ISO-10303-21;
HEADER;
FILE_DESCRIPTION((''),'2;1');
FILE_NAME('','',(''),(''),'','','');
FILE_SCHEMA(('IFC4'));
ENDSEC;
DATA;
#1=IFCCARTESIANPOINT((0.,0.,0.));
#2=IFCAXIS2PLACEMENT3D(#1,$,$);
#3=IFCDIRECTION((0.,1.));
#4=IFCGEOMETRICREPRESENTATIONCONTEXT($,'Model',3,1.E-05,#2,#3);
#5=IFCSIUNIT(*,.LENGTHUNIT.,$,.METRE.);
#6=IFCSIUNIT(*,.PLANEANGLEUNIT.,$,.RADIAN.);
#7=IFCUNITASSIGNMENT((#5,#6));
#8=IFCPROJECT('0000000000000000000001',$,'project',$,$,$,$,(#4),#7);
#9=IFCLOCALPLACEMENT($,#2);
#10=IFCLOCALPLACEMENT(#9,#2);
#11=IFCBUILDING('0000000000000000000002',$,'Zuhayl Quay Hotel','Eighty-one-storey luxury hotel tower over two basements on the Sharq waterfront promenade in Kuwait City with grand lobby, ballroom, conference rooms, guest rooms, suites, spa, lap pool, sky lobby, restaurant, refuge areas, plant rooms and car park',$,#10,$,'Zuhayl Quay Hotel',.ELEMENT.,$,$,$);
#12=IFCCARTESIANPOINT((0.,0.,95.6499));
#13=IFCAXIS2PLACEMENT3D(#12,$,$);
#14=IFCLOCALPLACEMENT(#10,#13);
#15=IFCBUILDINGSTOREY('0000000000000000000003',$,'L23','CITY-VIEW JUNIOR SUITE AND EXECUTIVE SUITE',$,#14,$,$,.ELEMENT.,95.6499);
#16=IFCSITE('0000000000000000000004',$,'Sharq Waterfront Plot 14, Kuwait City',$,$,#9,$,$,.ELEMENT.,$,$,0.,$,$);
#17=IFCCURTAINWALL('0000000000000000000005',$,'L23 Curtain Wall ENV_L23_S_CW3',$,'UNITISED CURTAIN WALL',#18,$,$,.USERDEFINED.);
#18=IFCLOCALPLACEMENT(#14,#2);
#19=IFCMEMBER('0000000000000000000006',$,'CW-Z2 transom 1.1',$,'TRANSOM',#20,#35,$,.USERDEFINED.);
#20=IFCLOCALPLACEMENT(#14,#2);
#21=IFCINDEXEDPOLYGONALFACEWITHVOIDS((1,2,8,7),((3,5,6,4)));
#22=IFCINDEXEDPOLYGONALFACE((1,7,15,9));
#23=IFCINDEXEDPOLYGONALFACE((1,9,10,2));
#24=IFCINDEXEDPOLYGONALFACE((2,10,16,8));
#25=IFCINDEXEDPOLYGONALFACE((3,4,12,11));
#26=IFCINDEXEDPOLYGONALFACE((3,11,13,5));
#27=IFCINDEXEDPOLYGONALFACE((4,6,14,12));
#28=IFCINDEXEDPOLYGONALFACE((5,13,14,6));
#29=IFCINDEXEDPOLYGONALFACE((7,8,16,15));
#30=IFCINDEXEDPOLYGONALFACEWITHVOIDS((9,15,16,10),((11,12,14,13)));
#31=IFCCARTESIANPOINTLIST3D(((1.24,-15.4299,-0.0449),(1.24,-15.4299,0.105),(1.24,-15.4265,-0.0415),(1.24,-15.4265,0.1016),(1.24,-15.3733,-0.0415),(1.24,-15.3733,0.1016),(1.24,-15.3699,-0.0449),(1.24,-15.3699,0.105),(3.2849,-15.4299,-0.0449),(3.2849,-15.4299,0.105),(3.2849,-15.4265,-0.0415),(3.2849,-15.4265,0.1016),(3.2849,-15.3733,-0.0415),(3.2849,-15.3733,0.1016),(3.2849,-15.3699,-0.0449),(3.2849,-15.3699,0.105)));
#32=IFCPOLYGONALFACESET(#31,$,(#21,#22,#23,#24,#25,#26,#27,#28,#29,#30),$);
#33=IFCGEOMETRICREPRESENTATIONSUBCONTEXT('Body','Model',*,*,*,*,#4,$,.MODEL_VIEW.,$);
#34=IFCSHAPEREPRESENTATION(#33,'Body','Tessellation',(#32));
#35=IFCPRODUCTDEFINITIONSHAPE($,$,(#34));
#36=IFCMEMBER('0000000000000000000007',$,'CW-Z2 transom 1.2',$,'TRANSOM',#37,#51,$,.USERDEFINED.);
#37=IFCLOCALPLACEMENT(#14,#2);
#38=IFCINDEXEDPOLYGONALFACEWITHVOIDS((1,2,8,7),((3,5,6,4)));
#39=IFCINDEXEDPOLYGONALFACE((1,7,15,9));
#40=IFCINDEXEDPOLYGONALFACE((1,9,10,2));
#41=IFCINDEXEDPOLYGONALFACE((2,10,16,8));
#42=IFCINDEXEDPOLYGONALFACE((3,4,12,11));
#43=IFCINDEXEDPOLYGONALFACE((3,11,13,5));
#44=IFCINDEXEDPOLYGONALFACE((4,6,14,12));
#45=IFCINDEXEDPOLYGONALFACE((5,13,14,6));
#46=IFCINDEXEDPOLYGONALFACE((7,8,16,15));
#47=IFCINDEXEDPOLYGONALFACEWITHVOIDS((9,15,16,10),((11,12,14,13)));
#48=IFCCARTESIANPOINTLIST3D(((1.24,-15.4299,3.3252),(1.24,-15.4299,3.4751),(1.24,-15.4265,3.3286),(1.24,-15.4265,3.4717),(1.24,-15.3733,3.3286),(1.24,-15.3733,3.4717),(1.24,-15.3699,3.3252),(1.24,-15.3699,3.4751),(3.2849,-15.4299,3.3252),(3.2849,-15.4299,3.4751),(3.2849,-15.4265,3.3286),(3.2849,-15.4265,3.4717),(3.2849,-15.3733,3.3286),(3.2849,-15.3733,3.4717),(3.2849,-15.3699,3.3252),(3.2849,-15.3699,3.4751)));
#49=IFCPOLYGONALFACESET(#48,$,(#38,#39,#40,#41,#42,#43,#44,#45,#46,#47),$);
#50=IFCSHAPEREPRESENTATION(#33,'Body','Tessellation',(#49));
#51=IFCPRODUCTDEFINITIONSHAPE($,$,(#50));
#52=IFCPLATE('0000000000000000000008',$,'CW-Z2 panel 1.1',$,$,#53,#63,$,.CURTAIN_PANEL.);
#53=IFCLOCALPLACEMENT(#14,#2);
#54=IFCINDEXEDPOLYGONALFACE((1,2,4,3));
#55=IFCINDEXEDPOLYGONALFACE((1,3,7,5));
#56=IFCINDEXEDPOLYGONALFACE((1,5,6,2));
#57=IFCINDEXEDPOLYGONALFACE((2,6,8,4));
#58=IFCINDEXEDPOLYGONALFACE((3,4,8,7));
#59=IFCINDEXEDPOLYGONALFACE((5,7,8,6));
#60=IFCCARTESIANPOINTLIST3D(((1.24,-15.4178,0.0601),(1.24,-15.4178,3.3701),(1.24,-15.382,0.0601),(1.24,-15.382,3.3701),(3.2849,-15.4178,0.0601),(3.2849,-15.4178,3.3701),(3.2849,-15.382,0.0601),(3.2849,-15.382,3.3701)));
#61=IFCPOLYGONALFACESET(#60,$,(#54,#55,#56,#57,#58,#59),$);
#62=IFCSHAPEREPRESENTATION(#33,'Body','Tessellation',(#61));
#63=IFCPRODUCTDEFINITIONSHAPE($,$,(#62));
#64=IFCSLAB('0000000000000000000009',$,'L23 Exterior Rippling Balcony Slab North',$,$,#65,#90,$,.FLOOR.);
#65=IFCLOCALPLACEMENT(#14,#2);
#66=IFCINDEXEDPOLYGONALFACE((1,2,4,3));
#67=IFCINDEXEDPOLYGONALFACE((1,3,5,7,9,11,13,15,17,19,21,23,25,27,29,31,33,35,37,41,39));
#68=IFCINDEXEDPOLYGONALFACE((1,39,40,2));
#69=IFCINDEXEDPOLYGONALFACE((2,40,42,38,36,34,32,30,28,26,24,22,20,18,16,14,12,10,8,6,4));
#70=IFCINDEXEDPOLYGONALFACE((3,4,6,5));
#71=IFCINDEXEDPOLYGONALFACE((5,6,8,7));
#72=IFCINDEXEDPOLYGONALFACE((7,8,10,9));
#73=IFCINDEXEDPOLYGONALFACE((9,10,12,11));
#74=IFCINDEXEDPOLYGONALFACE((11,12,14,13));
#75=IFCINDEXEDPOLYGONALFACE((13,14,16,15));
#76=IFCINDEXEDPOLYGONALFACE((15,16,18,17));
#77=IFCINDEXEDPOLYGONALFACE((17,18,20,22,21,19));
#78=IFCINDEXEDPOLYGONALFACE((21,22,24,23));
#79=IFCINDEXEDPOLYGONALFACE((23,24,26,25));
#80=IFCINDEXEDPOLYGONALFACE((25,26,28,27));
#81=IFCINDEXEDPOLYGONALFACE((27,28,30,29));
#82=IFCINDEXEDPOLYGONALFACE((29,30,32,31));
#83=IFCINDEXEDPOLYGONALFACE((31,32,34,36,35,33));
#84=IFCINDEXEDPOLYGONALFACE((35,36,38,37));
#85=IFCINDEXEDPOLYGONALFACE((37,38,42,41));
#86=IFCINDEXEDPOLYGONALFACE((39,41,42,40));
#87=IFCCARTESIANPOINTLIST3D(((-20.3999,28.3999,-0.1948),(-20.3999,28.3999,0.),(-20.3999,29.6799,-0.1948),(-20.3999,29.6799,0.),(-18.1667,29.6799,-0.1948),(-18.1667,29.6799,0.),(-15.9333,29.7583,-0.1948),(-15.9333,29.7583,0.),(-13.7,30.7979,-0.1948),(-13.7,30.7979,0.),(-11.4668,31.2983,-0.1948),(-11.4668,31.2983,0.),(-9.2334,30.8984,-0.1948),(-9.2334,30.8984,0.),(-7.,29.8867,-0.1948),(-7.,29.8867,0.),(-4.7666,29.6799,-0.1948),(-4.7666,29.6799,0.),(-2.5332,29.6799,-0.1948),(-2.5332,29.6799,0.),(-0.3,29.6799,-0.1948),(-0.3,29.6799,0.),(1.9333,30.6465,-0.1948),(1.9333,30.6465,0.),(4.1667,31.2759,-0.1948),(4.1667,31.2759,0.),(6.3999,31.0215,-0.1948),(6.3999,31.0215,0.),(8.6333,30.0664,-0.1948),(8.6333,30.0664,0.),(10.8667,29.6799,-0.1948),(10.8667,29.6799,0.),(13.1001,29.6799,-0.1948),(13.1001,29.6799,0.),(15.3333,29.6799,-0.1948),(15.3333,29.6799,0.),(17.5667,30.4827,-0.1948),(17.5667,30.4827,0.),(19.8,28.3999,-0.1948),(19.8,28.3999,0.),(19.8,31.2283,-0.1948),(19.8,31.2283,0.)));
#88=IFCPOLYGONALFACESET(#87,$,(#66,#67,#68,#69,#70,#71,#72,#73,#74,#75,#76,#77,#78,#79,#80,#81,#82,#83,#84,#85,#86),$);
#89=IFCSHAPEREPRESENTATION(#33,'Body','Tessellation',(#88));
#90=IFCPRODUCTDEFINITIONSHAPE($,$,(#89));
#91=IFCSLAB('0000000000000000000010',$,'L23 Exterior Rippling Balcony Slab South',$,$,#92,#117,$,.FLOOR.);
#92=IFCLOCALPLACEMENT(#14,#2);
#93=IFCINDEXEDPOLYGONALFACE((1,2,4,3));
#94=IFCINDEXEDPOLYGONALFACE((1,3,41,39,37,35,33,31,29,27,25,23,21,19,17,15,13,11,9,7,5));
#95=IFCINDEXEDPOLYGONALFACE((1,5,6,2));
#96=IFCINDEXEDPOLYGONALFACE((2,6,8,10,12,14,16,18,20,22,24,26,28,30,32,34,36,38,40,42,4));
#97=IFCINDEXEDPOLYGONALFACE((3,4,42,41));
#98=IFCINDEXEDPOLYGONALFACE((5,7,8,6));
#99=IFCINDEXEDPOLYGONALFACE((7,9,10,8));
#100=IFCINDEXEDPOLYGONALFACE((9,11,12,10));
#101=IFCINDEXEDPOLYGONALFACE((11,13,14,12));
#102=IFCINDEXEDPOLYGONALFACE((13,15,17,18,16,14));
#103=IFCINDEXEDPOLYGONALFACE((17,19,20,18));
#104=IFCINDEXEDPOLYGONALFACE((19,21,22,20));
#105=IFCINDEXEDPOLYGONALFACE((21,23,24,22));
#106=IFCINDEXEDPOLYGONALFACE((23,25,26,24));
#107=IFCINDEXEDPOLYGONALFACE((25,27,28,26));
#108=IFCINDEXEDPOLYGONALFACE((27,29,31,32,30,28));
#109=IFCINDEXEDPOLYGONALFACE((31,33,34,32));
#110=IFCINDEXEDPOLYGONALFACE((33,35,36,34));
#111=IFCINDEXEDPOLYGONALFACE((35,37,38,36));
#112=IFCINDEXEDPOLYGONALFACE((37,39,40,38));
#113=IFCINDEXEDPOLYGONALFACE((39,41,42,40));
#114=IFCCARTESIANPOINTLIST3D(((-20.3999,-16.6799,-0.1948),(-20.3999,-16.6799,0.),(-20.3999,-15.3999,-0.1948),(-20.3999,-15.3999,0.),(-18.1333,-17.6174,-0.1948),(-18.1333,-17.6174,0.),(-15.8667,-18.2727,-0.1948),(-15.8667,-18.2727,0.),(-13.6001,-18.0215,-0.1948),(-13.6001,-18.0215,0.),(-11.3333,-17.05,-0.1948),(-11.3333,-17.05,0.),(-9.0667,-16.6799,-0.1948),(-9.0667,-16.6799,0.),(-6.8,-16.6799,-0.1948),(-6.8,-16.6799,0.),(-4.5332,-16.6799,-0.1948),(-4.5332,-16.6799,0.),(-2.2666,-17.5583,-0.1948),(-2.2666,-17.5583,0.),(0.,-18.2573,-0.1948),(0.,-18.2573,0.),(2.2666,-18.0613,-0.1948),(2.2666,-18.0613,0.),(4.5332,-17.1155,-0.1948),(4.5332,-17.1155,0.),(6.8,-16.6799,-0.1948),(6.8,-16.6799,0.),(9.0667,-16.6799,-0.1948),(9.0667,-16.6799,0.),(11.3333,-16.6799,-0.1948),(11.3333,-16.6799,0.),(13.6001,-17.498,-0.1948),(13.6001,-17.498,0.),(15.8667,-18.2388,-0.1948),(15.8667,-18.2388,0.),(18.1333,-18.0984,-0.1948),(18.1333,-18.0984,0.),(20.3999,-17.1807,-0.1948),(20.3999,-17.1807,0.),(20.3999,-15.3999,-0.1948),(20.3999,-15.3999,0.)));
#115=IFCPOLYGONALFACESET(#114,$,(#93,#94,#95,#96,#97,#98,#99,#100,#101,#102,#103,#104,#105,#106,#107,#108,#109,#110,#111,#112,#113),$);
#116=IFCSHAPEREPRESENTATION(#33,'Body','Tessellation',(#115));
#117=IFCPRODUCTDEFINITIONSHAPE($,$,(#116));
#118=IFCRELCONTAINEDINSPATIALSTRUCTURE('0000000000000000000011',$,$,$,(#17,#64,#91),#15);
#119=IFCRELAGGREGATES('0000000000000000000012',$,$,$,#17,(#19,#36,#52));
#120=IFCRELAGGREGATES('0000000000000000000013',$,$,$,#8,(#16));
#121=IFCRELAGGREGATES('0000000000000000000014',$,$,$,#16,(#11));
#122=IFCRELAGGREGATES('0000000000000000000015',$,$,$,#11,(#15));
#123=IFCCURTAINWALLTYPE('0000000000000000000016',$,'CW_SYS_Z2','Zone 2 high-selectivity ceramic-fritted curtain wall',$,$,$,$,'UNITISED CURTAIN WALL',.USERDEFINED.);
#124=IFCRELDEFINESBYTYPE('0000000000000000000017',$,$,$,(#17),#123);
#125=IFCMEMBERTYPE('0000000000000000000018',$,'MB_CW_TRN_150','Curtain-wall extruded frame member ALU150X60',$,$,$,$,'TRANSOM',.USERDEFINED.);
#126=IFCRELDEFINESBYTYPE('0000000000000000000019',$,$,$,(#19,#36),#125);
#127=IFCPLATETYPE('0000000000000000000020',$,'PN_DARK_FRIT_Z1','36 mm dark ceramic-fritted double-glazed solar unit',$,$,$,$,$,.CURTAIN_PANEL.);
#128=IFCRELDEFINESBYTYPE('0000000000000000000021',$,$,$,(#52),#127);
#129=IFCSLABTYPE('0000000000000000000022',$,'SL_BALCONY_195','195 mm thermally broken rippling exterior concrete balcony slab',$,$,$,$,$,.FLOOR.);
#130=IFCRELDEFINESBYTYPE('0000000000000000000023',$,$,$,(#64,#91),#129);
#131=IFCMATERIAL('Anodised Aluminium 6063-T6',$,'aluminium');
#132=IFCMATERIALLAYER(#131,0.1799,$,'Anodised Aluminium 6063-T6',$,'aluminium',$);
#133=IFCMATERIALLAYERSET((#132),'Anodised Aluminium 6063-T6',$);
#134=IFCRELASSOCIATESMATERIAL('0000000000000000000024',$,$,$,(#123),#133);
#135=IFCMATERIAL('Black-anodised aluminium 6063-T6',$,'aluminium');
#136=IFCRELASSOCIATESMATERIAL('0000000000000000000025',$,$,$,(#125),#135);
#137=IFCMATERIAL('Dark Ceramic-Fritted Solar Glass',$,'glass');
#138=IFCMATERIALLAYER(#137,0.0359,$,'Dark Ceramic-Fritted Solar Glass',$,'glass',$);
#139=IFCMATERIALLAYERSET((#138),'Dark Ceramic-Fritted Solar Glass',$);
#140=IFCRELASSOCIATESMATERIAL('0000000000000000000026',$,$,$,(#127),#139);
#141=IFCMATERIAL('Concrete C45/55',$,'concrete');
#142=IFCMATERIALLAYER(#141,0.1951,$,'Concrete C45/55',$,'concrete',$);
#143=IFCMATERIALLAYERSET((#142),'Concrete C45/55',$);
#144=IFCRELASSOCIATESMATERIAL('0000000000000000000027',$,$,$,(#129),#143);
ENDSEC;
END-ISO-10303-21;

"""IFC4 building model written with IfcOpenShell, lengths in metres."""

from ifc_helpers import new_model, si_unit, direction, frame, origin, origin_2d, place, context, subcontext, project, spatial, polyline, rectangle, hollow_rectangle, outline, extrude, material, layer, layer_set, material_profile, profile_set, type_object, element, aggregate, save


model = new_model("IFC4")

# Units and contexts
model_context = context("Model", 3, precision=1e-05, world=origin(), true_north=direction((0.0, 1.0)))
body_context = subcontext(model_context, "Body", "Model", "MODEL_VIEW")
ifc_project = project(units=[si_unit("LENGTHUNIT", "METRE"), si_unit("PLANEANGLEUNIT", "RADIAN")], contexts=[model_context])

# Site, building, storey
site_placement = place(None, origin())
site = spatial("IfcSite", under=ifc_project, at=site_placement, Name="Sharq Waterfront Plot 14, Kuwait City", CompositionType="ELEMENT", RefElevation=0.0)
building_placement = place(site_placement, origin())
building = spatial("IfcBuilding", under=site, at=building_placement, Name="Zuhayl Quay Hotel", Description="Eighty-one-storey luxury hotel tower over two basements on the Sharq waterfront promenade in Kuwait City with grand lobby, ballroom, conference rooms, guest rooms, suites, spa, lap pool, sky lobby, restaurant, refuge areas, plant rooms and car park", LongName="Zuhayl Quay Hotel", CompositionType="ELEMENT")
storey_placement = place(building_placement, frame((0.0, 0.0, 95.6499)))
storey = spatial("IfcBuildingStorey", under=building, at=storey_placement, Name="L23", Description="CITY-VIEW JUNIOR SUITE AND EXECUTIVE SUITE", CompositionType="ELEMENT", Elevation=95.6499)

# Curtain wall, members, plate
ifc_material_1 = material(Name="Anodised Aluminium 6063-T6", Category="aluminium")
ifc_layer_1 = layer(ifc_material_1, 0.1799, Name="Anodised Aluminium 6063-T6", Category="aluminium")
ifc_layer_set_1 = layer_set([ifc_layer_1], Name="Anodised Aluminium 6063-T6")
curtain_wall_type = type_object("IfcCurtainWallType", Name="CW_SYS_Z2", Description="Zone 2 high-selectivity ceramic-fritted curtain wall", ElementType="UNITISED CURTAIN WALL", PredefinedType="USERDEFINED", material=ifc_layer_set_1)
curtain_wall_placement = place(storey_placement, origin())
curtain_wall = element("IfcCurtainWall", 1, at=curtain_wall_placement, inside=storey, type_object=curtain_wall_type, Name="L23 Curtain Wall ENV_L23_S_CW3", ObjectType="UNITISED CURTAIN WALL", PredefinedType="USERDEFINED")
ifc_material_2 = material(Name="Black-anodised aluminium 6063-T6", Category="aluminium")
ifc_material_profile_1 = material_profile(ifc_material_2, hollow_rectangle(XDim=0.0601, YDim=0.1499, WallThickness=0.0034, at=origin_2d()), Name="ALU150X60")
ifc_profile_set_1 = profile_set([ifc_material_profile_1], Name="Black-anodised aluminium 6063-T6")
member_type_1 = type_object("IfcMemberType", Name="MB_CW_TRN_150", Description="Curtain-wall extruded frame member ALU150X60", ElementType="TRANSOM", PredefinedType="USERDEFINED", material=ifc_profile_set_1)
member_1_placement = place(storey_placement, frame((3.2849, -15.3999, 0.03), z_axis=(-1.0, 0.0, 0.0), x_axis=(0.0, -1.0, 0.0)))
member_1 = element("IfcMember", 2, at=member_1_placement, type_object=member_type_1, Name="CW-Z2 transom 1.1", ObjectType="TRANSOM", PredefinedType="USERDEFINED", context=body_context, shape_type="SweptSolid", body=[
    extrude(hollow_rectangle(XDim=0.0601, YDim=0.1499, WallThickness=0.0034, at=origin_2d()), origin(), (0.0, 0.0, 1.0), 2.0449),
])
member_2_placement = place(storey_placement, frame((3.2849, -15.3999, 3.4001), z_axis=(-1.0, 0.0, 0.0), x_axis=(0.0, -1.0, 0.0)))
member_2 = element("IfcMember", 3, at=member_2_placement, type_object=member_type_1, Name="CW-Z2 transom 1.2", ObjectType="TRANSOM", PredefinedType="USERDEFINED", context=body_context, shape_type="SweptSolid", body=[
    extrude(hollow_rectangle(XDim=0.0601, YDim=0.1499, WallThickness=0.0034, at=origin_2d()), origin(), (0.0, 0.0, 1.0), 2.0449),
])
ifc_material_3 = material(Name="Dark Ceramic-Fritted Solar Glass", Category="glass")
ifc_layer_2 = layer(ifc_material_3, 0.0359, Name="Dark Ceramic-Fritted Solar Glass", Category="glass")
ifc_layer_set_2 = layer_set([ifc_layer_2], Name="Dark Ceramic-Fritted Solar Glass")
plate_type = type_object("IfcPlateType", Name="PN_DARK_FRIT_Z1", Description="36 mm dark ceramic-fritted double-glazed solar unit", PredefinedType="CURTAIN_PANEL", material=ifc_layer_set_2)
plate_placement = place(storey_placement, frame((2.2625, -15.3999, 0.0601), z_axis=(0.0, 0.0, 1.0), x_axis=(-1.0, 0.0, 0.0)))
plate = element("IfcPlate", 4, at=plate_placement, type_object=plate_type, Name="CW-Z2 panel 1.1", PredefinedType="CURTAIN_PANEL", context=body_context, shape_type="SweptSolid", body=[
    extrude(rectangle(XDim=2.0449, YDim=0.0359, at=origin_2d()), origin(), (0.0, 0.0, 1.0), 3.3101),
])
aggregate(curtain_wall, [member_1, member_2, plate])

# Slabs
ifc_material_4 = material(Name="Concrete C45/55", Category="concrete")
ifc_layer_3 = layer(ifc_material_4, 0.1951, Name="Concrete C45/55", Category="concrete")
ifc_layer_set_3 = layer_set([ifc_layer_3], Name="Concrete C45/55")
slab_type_1 = type_object("IfcSlabType", Name="SL_BALCONY_195", Description="195 mm thermally broken rippling exterior concrete balcony slab", PredefinedType="FLOOR", material=ifc_layer_set_3)
slab_1_placement = place(storey_placement, frame((0.0, 0.0, -0.1948)))
element("IfcSlab", 5, at=slab_1_placement, inside=storey, type_object=slab_type_1, Name="L23 Exterior Rippling Balcony Slab North", PredefinedType="FLOOR", context=body_context, shape_type="SweptSolid", body=[
    extrude(outline(polyline([(-20.3999, 28.3999), (19.8, 28.3999), (19.8, 31.2283), (17.5667, 30.4827), (15.3333, 29.6799), (13.1001, 29.6799), (10.8667, 29.6799), (8.6333, 30.0664), (6.3999, 31.0215), (4.1667, 31.2759), (1.9333, 30.6465), (-0.3, 29.6799), (-2.5332, 29.6799), (-4.7666, 29.6799), (-7.0, 29.8867), (-9.2334, 30.8984), (-11.4668, 31.2983), (-13.7, 30.7979), (-15.9333, 29.7583), (-18.1667, 29.6799), (-20.3999, 29.6799), (-20.3999, 28.3999)])), origin(), (0.0, 0.0, 1.0), 0.1948),
])
slab_2_placement = place(storey_placement, frame((0.0, 0.0, -0.1948)))
element("IfcSlab", 6, at=slab_2_placement, inside=storey, type_object=slab_type_1, Name="L23 Exterior Rippling Balcony Slab South", PredefinedType="FLOOR", context=body_context, shape_type="SweptSolid", body=[
    extrude(outline(polyline([(-20.3999, -16.6799), (-18.1333, -17.6174), (-15.8667, -18.2727), (-13.6001, -18.0215), (-11.3333, -17.05), (-9.0667, -16.6799), (-6.8, -16.6799), (-4.5332, -16.6799), (-2.2666, -17.5583), (0.0, -18.2573), (2.2666, -18.0613), (4.5332, -17.1155), (6.8, -16.6799), (9.0667, -16.6799), (11.3333, -16.6799), (13.6001, -17.498), (15.8667, -18.2388), (18.1333, -18.0984), (20.3999, -17.1807), (20.3999, -15.3999), (-20.3999, -15.3999), (-20.3999, -16.6799)])), origin(), (0.0, 0.0, 1.0), 0.1948),
])

save(model, "model.ifc")
